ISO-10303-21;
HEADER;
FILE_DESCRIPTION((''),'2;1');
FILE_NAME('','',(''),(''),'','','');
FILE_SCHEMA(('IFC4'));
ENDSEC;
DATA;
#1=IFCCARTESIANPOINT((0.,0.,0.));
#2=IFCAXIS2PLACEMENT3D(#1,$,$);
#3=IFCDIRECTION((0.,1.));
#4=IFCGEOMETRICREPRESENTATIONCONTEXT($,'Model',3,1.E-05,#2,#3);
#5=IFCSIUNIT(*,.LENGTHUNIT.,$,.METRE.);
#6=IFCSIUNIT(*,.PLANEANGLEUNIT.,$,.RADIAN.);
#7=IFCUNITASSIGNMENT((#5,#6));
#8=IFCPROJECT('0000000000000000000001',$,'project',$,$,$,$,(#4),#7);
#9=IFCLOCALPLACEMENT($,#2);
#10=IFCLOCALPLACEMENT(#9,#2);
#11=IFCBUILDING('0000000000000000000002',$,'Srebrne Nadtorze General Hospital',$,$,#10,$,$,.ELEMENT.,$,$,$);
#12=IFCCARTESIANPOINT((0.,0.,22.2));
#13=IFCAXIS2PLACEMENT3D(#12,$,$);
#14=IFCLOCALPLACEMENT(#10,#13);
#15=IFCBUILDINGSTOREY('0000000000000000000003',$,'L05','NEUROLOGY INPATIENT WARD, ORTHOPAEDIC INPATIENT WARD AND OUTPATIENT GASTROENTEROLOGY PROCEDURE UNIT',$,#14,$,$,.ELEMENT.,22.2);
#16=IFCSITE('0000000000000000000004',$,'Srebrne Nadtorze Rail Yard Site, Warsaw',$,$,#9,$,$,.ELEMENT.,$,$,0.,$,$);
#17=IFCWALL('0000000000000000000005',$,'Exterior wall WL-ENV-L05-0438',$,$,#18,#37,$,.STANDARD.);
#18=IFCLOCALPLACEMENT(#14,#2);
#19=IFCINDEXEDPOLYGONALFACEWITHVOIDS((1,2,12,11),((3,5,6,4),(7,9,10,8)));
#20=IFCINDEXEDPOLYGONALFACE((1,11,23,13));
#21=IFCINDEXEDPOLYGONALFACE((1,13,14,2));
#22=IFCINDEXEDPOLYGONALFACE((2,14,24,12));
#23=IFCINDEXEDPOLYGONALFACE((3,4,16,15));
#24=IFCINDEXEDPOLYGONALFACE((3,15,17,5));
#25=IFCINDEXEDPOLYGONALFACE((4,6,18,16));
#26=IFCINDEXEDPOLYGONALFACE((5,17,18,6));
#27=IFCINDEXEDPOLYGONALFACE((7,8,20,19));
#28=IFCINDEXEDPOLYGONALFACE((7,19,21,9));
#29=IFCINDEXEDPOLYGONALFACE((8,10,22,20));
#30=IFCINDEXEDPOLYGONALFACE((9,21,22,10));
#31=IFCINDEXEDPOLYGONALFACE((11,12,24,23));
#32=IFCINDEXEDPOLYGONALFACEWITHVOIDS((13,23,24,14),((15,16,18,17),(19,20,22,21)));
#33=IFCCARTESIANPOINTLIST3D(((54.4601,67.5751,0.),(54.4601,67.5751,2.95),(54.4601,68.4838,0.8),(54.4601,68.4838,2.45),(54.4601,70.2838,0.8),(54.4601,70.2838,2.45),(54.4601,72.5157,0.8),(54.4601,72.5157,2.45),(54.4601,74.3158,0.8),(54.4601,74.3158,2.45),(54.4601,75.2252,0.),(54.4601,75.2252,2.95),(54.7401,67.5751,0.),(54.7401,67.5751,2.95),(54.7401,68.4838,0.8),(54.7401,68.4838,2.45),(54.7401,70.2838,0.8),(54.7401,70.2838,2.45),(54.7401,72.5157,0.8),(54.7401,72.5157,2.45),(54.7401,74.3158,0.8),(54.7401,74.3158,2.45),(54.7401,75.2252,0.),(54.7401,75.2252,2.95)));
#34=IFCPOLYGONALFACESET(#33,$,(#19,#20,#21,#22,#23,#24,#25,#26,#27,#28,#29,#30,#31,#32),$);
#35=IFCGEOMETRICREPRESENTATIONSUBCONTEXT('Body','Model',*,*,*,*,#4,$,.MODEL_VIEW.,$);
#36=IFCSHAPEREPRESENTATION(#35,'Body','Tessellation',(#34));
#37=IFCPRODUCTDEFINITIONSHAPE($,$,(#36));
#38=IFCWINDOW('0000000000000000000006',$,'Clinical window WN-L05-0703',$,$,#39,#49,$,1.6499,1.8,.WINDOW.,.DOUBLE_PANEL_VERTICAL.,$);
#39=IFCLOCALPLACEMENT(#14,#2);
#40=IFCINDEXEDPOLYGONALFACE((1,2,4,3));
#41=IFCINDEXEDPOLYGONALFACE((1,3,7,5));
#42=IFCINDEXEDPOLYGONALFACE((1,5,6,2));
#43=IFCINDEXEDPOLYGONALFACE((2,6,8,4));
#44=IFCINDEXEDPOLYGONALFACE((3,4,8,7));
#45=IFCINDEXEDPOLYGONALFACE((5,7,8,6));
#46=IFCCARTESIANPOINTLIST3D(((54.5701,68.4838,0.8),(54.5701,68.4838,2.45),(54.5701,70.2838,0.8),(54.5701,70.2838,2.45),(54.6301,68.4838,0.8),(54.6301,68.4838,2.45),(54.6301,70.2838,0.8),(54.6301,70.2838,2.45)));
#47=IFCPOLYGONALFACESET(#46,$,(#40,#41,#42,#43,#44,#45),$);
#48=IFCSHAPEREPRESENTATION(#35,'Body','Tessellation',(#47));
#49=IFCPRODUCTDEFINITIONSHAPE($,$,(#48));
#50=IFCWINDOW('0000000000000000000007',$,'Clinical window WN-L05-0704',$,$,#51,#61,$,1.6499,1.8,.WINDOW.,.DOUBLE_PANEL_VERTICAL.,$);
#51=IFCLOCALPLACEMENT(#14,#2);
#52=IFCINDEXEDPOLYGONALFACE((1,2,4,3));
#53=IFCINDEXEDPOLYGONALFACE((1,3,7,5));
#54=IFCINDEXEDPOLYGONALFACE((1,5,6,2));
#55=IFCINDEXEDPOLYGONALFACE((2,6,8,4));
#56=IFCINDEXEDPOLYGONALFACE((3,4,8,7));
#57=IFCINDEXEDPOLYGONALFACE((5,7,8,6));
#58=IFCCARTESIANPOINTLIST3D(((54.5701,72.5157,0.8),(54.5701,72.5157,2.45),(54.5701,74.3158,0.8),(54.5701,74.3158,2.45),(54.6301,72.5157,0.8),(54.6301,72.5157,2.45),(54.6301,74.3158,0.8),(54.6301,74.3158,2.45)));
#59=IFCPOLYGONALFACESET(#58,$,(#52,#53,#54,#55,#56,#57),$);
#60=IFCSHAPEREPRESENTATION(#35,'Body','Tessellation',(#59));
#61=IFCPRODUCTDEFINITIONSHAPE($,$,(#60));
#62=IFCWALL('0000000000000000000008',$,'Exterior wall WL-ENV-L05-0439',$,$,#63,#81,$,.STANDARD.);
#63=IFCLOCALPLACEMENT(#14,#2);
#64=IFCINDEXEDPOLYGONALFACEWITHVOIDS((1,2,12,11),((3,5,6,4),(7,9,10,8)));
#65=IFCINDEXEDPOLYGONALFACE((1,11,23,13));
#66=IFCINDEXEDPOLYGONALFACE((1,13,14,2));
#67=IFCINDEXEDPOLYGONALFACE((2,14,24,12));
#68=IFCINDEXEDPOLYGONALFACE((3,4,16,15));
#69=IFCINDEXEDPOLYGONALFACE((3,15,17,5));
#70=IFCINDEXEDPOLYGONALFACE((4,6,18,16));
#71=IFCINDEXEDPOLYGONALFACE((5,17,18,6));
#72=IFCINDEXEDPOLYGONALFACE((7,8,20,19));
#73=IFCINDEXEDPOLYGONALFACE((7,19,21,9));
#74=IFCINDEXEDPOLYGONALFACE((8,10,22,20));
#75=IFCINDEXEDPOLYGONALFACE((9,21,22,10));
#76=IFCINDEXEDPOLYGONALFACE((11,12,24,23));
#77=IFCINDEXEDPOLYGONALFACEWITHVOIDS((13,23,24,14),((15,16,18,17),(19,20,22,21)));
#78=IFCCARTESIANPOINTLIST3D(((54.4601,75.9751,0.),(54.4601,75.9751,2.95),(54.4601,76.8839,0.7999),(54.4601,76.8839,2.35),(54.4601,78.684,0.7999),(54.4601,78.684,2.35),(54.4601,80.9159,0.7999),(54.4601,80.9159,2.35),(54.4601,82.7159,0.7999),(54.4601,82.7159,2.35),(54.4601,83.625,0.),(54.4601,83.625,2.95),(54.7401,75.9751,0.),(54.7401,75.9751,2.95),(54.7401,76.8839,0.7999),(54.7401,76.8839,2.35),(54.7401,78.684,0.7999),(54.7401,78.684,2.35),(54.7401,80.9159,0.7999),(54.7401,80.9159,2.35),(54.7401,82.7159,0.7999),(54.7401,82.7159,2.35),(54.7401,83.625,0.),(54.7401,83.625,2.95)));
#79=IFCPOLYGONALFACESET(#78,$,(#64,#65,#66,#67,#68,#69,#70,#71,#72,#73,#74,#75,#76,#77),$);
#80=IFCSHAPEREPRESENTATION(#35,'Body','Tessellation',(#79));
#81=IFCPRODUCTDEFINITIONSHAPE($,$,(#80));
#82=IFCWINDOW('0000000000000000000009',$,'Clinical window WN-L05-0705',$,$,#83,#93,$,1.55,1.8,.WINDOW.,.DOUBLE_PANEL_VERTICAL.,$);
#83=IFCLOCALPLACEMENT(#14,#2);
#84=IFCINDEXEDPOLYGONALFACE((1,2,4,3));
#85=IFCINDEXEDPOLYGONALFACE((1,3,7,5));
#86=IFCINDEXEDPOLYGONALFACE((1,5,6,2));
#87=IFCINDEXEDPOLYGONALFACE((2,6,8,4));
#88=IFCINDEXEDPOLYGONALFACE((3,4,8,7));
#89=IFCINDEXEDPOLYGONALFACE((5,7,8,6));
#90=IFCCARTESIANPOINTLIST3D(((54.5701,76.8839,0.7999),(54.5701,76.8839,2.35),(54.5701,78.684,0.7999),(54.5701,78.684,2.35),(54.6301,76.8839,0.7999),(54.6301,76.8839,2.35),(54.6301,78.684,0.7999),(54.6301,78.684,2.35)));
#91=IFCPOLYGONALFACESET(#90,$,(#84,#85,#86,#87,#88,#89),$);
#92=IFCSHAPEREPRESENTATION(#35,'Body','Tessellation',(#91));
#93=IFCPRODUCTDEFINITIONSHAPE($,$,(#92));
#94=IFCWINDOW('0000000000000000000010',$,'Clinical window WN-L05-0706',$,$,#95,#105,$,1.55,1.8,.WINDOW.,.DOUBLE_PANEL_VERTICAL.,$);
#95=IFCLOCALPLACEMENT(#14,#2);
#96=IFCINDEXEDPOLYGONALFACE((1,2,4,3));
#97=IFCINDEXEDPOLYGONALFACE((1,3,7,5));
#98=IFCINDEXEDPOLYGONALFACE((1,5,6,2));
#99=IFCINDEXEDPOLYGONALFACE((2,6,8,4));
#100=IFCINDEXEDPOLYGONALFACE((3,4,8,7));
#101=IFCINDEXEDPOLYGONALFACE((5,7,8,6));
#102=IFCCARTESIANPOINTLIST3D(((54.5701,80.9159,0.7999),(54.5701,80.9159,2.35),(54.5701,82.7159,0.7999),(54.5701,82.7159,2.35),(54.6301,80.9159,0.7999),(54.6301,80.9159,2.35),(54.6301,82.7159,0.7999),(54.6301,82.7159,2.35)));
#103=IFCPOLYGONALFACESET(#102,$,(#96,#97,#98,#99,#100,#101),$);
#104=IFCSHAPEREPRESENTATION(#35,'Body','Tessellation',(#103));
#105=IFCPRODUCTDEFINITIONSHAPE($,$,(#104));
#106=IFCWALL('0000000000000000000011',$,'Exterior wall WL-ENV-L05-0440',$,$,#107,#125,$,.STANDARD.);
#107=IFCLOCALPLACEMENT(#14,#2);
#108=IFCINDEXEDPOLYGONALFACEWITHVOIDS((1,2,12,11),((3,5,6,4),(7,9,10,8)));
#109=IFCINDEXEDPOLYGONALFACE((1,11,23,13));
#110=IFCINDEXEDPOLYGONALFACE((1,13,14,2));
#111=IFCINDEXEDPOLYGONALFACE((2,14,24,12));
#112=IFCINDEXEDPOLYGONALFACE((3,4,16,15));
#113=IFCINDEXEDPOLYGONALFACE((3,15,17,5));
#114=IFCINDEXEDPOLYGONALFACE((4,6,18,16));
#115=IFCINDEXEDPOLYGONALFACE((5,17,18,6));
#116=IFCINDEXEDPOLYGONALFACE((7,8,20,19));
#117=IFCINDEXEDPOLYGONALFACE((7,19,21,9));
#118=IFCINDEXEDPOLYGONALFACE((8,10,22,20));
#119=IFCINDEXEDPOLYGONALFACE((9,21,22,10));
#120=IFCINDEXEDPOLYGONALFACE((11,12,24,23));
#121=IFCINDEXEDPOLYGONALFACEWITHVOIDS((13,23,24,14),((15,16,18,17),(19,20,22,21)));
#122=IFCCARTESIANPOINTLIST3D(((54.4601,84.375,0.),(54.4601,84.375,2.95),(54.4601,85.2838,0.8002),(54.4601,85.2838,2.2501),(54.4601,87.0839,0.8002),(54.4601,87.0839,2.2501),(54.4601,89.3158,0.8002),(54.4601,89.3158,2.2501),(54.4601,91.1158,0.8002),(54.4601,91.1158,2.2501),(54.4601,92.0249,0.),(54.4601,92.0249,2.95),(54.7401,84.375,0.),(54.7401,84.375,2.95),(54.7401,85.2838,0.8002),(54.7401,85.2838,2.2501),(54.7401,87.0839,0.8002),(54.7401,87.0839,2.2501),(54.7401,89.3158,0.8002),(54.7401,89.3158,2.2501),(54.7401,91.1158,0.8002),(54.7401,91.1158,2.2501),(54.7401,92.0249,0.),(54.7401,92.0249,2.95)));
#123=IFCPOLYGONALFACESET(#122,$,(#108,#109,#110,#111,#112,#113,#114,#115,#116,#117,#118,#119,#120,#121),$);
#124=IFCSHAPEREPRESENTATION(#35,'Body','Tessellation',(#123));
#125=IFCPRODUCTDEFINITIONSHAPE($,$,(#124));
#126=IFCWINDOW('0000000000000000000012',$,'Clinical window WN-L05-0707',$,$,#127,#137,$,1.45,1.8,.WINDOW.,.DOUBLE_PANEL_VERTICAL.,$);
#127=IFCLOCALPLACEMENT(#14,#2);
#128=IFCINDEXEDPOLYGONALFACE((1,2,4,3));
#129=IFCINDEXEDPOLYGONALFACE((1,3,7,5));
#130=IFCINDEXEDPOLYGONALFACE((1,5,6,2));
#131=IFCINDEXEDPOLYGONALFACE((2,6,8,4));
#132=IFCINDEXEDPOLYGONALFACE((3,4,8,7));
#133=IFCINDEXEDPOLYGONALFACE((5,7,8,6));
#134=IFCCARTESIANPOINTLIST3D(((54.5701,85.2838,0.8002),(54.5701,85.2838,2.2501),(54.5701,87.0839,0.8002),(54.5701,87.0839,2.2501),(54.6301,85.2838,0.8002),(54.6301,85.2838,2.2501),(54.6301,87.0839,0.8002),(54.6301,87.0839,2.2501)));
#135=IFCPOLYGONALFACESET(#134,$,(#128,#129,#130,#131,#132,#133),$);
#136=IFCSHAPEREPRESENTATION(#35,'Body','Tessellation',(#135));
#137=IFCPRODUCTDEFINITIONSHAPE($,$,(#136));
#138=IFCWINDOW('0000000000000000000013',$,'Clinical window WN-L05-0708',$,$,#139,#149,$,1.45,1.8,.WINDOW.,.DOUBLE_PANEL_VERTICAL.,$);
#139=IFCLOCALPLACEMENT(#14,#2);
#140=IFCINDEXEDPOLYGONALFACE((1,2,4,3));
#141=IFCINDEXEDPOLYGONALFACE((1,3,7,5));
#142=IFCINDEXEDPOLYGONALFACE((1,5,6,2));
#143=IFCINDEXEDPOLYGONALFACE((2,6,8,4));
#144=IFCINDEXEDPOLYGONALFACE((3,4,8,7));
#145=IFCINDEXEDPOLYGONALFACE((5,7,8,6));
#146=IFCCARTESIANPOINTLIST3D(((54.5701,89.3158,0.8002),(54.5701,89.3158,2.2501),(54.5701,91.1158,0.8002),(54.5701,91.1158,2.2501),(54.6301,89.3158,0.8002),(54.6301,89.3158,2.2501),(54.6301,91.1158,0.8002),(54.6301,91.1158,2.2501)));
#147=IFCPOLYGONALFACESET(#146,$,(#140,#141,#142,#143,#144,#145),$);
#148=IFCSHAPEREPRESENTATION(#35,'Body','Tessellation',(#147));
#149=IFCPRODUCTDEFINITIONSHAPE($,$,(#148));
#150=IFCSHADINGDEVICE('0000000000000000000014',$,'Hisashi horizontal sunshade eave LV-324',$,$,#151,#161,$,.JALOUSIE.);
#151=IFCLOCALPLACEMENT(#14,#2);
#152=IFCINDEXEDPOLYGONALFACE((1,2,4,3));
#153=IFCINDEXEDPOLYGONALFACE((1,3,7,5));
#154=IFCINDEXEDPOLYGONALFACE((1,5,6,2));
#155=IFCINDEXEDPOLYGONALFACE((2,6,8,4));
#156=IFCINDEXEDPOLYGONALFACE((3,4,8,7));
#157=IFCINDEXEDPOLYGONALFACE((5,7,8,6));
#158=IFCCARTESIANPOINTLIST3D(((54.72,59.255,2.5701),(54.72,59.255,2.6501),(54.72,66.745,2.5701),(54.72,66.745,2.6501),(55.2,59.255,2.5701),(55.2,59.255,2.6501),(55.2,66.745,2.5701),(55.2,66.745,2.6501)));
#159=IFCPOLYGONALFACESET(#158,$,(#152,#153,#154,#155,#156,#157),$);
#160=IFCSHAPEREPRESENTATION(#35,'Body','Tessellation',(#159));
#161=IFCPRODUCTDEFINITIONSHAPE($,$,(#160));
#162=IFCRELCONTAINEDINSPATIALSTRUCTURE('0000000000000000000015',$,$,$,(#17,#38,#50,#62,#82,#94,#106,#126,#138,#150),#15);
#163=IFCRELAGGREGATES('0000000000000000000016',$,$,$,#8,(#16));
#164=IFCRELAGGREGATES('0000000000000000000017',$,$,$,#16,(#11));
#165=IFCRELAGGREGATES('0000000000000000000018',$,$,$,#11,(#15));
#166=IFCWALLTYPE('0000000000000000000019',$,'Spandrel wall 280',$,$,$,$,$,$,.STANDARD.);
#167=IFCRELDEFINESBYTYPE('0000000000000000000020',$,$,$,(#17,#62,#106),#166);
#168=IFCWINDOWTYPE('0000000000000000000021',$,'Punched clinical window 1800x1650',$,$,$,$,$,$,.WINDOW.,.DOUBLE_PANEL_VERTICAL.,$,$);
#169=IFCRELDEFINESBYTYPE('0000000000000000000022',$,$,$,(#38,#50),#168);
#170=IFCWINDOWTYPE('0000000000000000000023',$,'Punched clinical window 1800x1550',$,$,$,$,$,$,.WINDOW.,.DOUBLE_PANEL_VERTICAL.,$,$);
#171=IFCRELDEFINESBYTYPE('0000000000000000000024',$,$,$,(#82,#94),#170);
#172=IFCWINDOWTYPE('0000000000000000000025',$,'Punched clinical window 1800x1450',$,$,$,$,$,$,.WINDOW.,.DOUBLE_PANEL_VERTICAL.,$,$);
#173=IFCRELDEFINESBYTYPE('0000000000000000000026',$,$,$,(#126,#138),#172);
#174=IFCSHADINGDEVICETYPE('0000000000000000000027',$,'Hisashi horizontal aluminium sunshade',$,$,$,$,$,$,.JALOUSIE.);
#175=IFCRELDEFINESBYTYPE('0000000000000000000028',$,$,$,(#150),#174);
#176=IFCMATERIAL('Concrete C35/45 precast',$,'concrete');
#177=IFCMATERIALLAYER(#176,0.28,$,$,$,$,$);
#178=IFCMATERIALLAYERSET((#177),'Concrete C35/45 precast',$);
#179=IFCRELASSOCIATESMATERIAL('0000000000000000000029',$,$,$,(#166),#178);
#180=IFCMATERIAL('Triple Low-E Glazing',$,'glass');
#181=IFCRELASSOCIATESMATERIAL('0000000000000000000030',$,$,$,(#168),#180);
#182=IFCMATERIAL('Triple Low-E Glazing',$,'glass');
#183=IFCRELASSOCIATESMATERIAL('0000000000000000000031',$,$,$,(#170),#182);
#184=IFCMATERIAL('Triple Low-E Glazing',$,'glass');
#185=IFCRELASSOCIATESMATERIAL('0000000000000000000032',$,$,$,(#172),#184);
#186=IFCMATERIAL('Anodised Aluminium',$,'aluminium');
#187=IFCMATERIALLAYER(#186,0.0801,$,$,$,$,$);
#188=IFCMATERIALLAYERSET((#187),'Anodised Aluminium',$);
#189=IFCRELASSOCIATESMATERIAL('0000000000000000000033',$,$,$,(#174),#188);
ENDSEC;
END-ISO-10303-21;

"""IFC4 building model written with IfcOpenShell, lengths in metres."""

from ifc_helpers import new_model, si_unit, direction, frame, frame_2d, origin, origin_2d, place, context, subcontext, project, spatial, rectangle, extrude, material, layer, layer_set, type_object, element, fill, save


model = new_model("IFC4")

# Units and contexts
model_context = context("Model", 3, precision=1e-05, world=origin(), true_north=direction((0.0, 1.0)))
body_context = subcontext(model_context, "Body", "Model", "MODEL_VIEW")
ifc_project = project(units=[si_unit("LENGTHUNIT", "METRE"), si_unit("PLANEANGLEUNIT", "RADIAN")], contexts=[model_context])

# Site, building, storey
site_placement = place(None, origin())
site = spatial("IfcSite", under=ifc_project, at=site_placement, Name="Srebrne Nadtorze Rail Yard Site, Warsaw", CompositionType="ELEMENT", RefElevation=0.0)
building_placement = place(site_placement, origin())
building = spatial("IfcBuilding", under=site, at=building_placement, Name="Srebrne Nadtorze General Hospital", CompositionType="ELEMENT")
storey_placement = place(building_placement, frame((0.0, 0.0, 22.2)))
storey = spatial("IfcBuildingStorey", under=building, at=storey_placement, Name="L05", Description="NEUROLOGY INPATIENT WARD, ORTHOPAEDIC INPATIENT WARD AND OUTPATIENT GASTROENTEROLOGY PROCEDURE UNIT", CompositionType="ELEMENT", Elevation=22.2)

# Walls, openings, windows
ifc_material_1 = material(Name="Concrete C35/45 precast", Category="concrete")
ifc_layer_1 = layer(ifc_material_1, 0.28)
ifc_layer_set_1 = layer_set([ifc_layer_1], Name="Concrete C35/45 precast")
wall_type = type_object("IfcWallType", Name="Spandrel wall 280", PredefinedType="STANDARD", material=ifc_layer_set_1)
wall_1_placement = place(storey_placement, frame((54.6001, 67.575, 0.0), z_axis=(0.0, 0.0, 1.0), x_axis=(0.0, 1.0, 0.0)))
wall_1 = element("IfcWall", 1, at=wall_1_placement, inside=storey, type_object=wall_type, Name="Exterior wall WL-ENV-L05-0438", PredefinedType="STANDARD", context=body_context, shape_type="SweptSolid", body=[
    extrude(rectangle(XDim=7.6501, YDim=0.28, at=frame_2d((3.8252, 0.0))), origin(), (0.0, 0.0, 1.0), 2.95),
])
opening_1_placement = place(wall_1_placement, frame((0.9089, 0.0, 0.8)))
opening_1 = element("IfcOpeningElement", 2, at=opening_1_placement, cuts=wall_1, PredefinedType="OPENING", context=body_context, shape_type="SweptSolid", body=[
    extrude(rectangle(XDim=1.8, YDim=1.6499, at=frame_2d((0.8999, 0.825))), frame((0.0, 0.1519, 0.0), z_axis=(0.0, -1.0, 0.0), x_axis=(1.0, 0.0, 0.0)), (0.0, 0.0, 1.0), 0.304),
])
opening_2_placement = place(wall_1_placement, frame((4.9409, 0.0, 0.8)))
opening_2 = element("IfcOpeningElement", 3, at=opening_2_placement, cuts=wall_1, PredefinedType="OPENING", context=body_context, shape_type="SweptSolid", body=[
    extrude(rectangle(XDim=1.8, YDim=1.6499, at=frame_2d((0.8999, 0.825))), frame((0.0, 0.1519, 0.0), z_axis=(0.0, -1.0, 0.0), x_axis=(1.0, 0.0, 0.0)), (0.0, 0.0, 1.0), 0.304),
])
ifc_material_2 = material(Name="Triple Low-E Glazing", Category="glass")
window_type_1 = type_object("IfcWindowType", Name="Punched clinical window 1800x1650", PartitioningType="DOUBLE_PANEL_VERTICAL", PredefinedType="WINDOW", material=ifc_material_2)
window_1_placement = place(opening_1_placement, origin())
window_1 = element("IfcWindow", 4, at=window_1_placement, inside=storey, type_object=window_type_1, Name="Clinical window WN-L05-0703", OverallHeight=1.6499, OverallWidth=1.8, PartitioningType="DOUBLE_PANEL_VERTICAL", PredefinedType="WINDOW", context=body_context, shape_type="SweptSolid", body=[
    extrude(rectangle(XDim=1.8, YDim=1.6499, at=frame_2d((0.8999, 0.825))), frame((0.0, 0.03, 0.0), z_axis=(0.0, -1.0, 0.0), x_axis=(1.0, 0.0, 0.0)), (0.0, 0.0, 1.0), 0.0601),
])
fill(opening_1, window_1)
window_2_placement = place(opening_2_placement, origin())
window_2 = element("IfcWindow", 5, at=window_2_placement, inside=storey, type_object=window_type_1, Name="Clinical window WN-L05-0704", OverallHeight=1.6499, OverallWidth=1.8, PartitioningType="DOUBLE_PANEL_VERTICAL", PredefinedType="WINDOW", context=body_context, shape_type="SweptSolid", body=[
    extrude(rectangle(XDim=1.8, YDim=1.6499, at=frame_2d((0.8999, 0.825))), frame((0.0, 0.03, 0.0), z_axis=(0.0, -1.0, 0.0), x_axis=(1.0, 0.0, 0.0)), (0.0, 0.0, 1.0), 0.0601),
])
fill(opening_2, window_2)
wall_2_placement = place(storey_placement, frame((54.6001, 75.9751, 0.0), z_axis=(0.0, 0.0, 1.0), x_axis=(0.0, 1.0, 0.0)))
wall_2 = element("IfcWall", 6, at=wall_2_placement, inside=storey, type_object=wall_type, Name="Exterior wall WL-ENV-L05-0439", PredefinedType="STANDARD", context=body_context, shape_type="SweptSolid", body=[
    extrude(rectangle(XDim=7.6499, YDim=0.28, at=frame_2d((3.825, 0.0))), origin(), (0.0, 0.0, 1.0), 2.95),
])
opening_3_placement = place(wall_2_placement, frame((0.9089, 0.0, 0.8)))
opening_3 = element("IfcOpeningElement", 7, at=opening_3_placement, cuts=wall_2, PredefinedType="OPENING", context=body_context, shape_type="SweptSolid", body=[
    extrude(rectangle(XDim=1.8, YDim=1.55, at=frame_2d((0.8999, 0.7749))), frame((0.0, 0.1519, 0.0), z_axis=(0.0, -1.0, 0.0), x_axis=(1.0, 0.0, 0.0)), (0.0, 0.0, 1.0), 0.304),
])
opening_4_placement = place(wall_2_placement, frame((4.9409, 0.0, 0.8)))
opening_4 = element("IfcOpeningElement", 8, at=opening_4_placement, cuts=wall_2, PredefinedType="OPENING", context=body_context, shape_type="SweptSolid", body=[
    extrude(rectangle(XDim=1.8, YDim=1.55, at=frame_2d((0.8999, 0.7749))), frame((0.0, 0.1519, 0.0), z_axis=(0.0, -1.0, 0.0), x_axis=(1.0, 0.0, 0.0)), (0.0, 0.0, 1.0), 0.304),
])
ifc_material_3 = material(Name="Triple Low-E Glazing", Category="glass")
window_type_2 = type_object("IfcWindowType", Name="Punched clinical window 1800x1550", PartitioningType="DOUBLE_PANEL_VERTICAL", PredefinedType="WINDOW", material=ifc_material_3)
window_3_placement = place(opening_3_placement, origin())
window_3 = element("IfcWindow", 9, at=window_3_placement, inside=storey, type_object=window_type_2, Name="Clinical window WN-L05-0705", OverallHeight=1.55, OverallWidth=1.8, PartitioningType="DOUBLE_PANEL_VERTICAL", PredefinedType="WINDOW", context=body_context, shape_type="SweptSolid", body=[
    extrude(rectangle(XDim=1.8, YDim=1.55, at=frame_2d((0.8999, 0.7749))), frame((0.0, 0.03, 0.0), z_axis=(0.0, -1.0, 0.0), x_axis=(1.0, 0.0, 0.0)), (0.0, 0.0, 1.0), 0.0601),
])
fill(opening_3, window_3)
window_4_placement = place(opening_4_placement, origin())
window_4 = element("IfcWindow", 10, at=window_4_placement, inside=storey, type_object=window_type_2, Name="Clinical window WN-L05-0706", OverallHeight=1.55, OverallWidth=1.8, PartitioningType="DOUBLE_PANEL_VERTICAL", PredefinedType="WINDOW", context=body_context, shape_type="SweptSolid", body=[
    extrude(rectangle(XDim=1.8, YDim=1.55, at=frame_2d((0.8999, 0.7749))), frame((0.0, 0.03, 0.0), z_axis=(0.0, -1.0, 0.0), x_axis=(1.0, 0.0, 0.0)), (0.0, 0.0, 1.0), 0.0601),
])
fill(opening_4, window_4)
wall_3_placement = place(storey_placement, frame((54.6001, 84.375, 0.0), z_axis=(0.0, 0.0, 1.0), x_axis=(0.0, 1.0, 0.0)))
wall_3 = element("IfcWall", 11, at=wall_3_placement, inside=storey, type_object=wall_type, Name="Exterior wall WL-ENV-L05-0440", PredefinedType="STANDARD", context=body_context, shape_type="SweptSolid", body=[
    extrude(rectangle(XDim=7.6499, YDim=0.28, at=frame_2d((3.825, 0.0))), origin(), (0.0, 0.0, 1.0), 2.95),
])
opening_5_placement = place(wall_3_placement, frame((0.9089, 0.0, 0.8)))
opening_5 = element("IfcOpeningElement", 12, at=opening_5_placement, cuts=wall_3, PredefinedType="OPENING", context=body_context, shape_type="SweptSolid", body=[
    extrude(rectangle(XDim=1.8, YDim=1.45, at=frame_2d((0.8999, 0.7251))), frame((0.0, 0.1519, 0.0), z_axis=(0.0, -1.0, 0.0), x_axis=(1.0, 0.0, 0.0)), (0.0, 0.0, 1.0), 0.304),
])
opening_6_placement = place(wall_3_placement, frame((4.9409, 0.0, 0.8)))
opening_6 = element("IfcOpeningElement", 13, at=opening_6_placement, cuts=wall_3, PredefinedType="OPENING", context=body_context, shape_type="SweptSolid", body=[
    extrude(rectangle(XDim=1.8, YDim=1.45, at=frame_2d((0.8999, 0.7251))), frame((0.0, 0.1519, 0.0), z_axis=(0.0, -1.0, 0.0), x_axis=(1.0, 0.0, 0.0)), (0.0, 0.0, 1.0), 0.304),
])
ifc_material_4 = material(Name="Triple Low-E Glazing", Category="glass")
window_type_3 = type_object("IfcWindowType", Name="Punched clinical window 1800x1450", PartitioningType="DOUBLE_PANEL_VERTICAL", PredefinedType="WINDOW", material=ifc_material_4)
window_5_placement = place(opening_5_placement, origin())
window_5 = element("IfcWindow", 14, at=window_5_placement, inside=storey, type_object=window_type_3, Name="Clinical window WN-L05-0707", OverallHeight=1.45, OverallWidth=1.8, PartitioningType="DOUBLE_PANEL_VERTICAL", PredefinedType="WINDOW", context=body_context, shape_type="SweptSolid", body=[
    extrude(rectangle(XDim=1.8, YDim=1.45, at=frame_2d((0.8999, 0.7251))), frame((0.0, 0.03, 0.0), z_axis=(0.0, -1.0, 0.0), x_axis=(1.0, 0.0, 0.0)), (0.0, 0.0, 1.0), 0.0601),
])
fill(opening_5, window_5)
window_6_placement = place(opening_6_placement, origin())
window_6 = element("IfcWindow", 15, at=window_6_placement, inside=storey, type_object=window_type_3, Name="Clinical window WN-L05-0708", OverallHeight=1.45, OverallWidth=1.8, PartitioningType="DOUBLE_PANEL_VERTICAL", PredefinedType="WINDOW", context=body_context, shape_type="SweptSolid", body=[
    extrude(rectangle(XDim=1.8, YDim=1.45, at=frame_2d((0.8999, 0.7251))), frame((0.0, 0.03, 0.0), z_axis=(0.0, -1.0, 0.0), x_axis=(1.0, 0.0, 0.0)), (0.0, 0.0, 1.0), 0.0601),
])
fill(opening_6, window_6)

# Shading device
ifc_material_5 = material(Name="Anodised Aluminium", Category="aluminium")
ifc_layer_2 = layer(ifc_material_5, 0.0801)
ifc_layer_set_2 = layer_set([ifc_layer_2], Name="Anodised Aluminium")
shading_device_type = type_object("IfcShadingDeviceType", Name="Hisashi horizontal aluminium sunshade", PredefinedType="JALOUSIE", material=ifc_layer_set_2)
for number, where, z_axis, x_axis, name in (
    (16, (54.96, 63.0, 2.5701), (0.0, 0.0, 1.0), (1.0, 0.0, 0.0), "Hisashi horizontal sunshade eave LV-324"),
):
    element("IfcShadingDevice", number, at=place(storey_placement, frame(where, z_axis=z_axis, x_axis=x_axis)), inside=storey, type_object=shading_device_type, Name=name, PredefinedType="JALOUSIE", context=body_context, shape_type="SweptSolid", body=[
        extrude(rectangle(XDim=0.48, YDim=7.49, at=origin_2d()), origin(), (0.0, 0.0, 1.0), 0.0801),
    ])

save(model, "model.ifc")
